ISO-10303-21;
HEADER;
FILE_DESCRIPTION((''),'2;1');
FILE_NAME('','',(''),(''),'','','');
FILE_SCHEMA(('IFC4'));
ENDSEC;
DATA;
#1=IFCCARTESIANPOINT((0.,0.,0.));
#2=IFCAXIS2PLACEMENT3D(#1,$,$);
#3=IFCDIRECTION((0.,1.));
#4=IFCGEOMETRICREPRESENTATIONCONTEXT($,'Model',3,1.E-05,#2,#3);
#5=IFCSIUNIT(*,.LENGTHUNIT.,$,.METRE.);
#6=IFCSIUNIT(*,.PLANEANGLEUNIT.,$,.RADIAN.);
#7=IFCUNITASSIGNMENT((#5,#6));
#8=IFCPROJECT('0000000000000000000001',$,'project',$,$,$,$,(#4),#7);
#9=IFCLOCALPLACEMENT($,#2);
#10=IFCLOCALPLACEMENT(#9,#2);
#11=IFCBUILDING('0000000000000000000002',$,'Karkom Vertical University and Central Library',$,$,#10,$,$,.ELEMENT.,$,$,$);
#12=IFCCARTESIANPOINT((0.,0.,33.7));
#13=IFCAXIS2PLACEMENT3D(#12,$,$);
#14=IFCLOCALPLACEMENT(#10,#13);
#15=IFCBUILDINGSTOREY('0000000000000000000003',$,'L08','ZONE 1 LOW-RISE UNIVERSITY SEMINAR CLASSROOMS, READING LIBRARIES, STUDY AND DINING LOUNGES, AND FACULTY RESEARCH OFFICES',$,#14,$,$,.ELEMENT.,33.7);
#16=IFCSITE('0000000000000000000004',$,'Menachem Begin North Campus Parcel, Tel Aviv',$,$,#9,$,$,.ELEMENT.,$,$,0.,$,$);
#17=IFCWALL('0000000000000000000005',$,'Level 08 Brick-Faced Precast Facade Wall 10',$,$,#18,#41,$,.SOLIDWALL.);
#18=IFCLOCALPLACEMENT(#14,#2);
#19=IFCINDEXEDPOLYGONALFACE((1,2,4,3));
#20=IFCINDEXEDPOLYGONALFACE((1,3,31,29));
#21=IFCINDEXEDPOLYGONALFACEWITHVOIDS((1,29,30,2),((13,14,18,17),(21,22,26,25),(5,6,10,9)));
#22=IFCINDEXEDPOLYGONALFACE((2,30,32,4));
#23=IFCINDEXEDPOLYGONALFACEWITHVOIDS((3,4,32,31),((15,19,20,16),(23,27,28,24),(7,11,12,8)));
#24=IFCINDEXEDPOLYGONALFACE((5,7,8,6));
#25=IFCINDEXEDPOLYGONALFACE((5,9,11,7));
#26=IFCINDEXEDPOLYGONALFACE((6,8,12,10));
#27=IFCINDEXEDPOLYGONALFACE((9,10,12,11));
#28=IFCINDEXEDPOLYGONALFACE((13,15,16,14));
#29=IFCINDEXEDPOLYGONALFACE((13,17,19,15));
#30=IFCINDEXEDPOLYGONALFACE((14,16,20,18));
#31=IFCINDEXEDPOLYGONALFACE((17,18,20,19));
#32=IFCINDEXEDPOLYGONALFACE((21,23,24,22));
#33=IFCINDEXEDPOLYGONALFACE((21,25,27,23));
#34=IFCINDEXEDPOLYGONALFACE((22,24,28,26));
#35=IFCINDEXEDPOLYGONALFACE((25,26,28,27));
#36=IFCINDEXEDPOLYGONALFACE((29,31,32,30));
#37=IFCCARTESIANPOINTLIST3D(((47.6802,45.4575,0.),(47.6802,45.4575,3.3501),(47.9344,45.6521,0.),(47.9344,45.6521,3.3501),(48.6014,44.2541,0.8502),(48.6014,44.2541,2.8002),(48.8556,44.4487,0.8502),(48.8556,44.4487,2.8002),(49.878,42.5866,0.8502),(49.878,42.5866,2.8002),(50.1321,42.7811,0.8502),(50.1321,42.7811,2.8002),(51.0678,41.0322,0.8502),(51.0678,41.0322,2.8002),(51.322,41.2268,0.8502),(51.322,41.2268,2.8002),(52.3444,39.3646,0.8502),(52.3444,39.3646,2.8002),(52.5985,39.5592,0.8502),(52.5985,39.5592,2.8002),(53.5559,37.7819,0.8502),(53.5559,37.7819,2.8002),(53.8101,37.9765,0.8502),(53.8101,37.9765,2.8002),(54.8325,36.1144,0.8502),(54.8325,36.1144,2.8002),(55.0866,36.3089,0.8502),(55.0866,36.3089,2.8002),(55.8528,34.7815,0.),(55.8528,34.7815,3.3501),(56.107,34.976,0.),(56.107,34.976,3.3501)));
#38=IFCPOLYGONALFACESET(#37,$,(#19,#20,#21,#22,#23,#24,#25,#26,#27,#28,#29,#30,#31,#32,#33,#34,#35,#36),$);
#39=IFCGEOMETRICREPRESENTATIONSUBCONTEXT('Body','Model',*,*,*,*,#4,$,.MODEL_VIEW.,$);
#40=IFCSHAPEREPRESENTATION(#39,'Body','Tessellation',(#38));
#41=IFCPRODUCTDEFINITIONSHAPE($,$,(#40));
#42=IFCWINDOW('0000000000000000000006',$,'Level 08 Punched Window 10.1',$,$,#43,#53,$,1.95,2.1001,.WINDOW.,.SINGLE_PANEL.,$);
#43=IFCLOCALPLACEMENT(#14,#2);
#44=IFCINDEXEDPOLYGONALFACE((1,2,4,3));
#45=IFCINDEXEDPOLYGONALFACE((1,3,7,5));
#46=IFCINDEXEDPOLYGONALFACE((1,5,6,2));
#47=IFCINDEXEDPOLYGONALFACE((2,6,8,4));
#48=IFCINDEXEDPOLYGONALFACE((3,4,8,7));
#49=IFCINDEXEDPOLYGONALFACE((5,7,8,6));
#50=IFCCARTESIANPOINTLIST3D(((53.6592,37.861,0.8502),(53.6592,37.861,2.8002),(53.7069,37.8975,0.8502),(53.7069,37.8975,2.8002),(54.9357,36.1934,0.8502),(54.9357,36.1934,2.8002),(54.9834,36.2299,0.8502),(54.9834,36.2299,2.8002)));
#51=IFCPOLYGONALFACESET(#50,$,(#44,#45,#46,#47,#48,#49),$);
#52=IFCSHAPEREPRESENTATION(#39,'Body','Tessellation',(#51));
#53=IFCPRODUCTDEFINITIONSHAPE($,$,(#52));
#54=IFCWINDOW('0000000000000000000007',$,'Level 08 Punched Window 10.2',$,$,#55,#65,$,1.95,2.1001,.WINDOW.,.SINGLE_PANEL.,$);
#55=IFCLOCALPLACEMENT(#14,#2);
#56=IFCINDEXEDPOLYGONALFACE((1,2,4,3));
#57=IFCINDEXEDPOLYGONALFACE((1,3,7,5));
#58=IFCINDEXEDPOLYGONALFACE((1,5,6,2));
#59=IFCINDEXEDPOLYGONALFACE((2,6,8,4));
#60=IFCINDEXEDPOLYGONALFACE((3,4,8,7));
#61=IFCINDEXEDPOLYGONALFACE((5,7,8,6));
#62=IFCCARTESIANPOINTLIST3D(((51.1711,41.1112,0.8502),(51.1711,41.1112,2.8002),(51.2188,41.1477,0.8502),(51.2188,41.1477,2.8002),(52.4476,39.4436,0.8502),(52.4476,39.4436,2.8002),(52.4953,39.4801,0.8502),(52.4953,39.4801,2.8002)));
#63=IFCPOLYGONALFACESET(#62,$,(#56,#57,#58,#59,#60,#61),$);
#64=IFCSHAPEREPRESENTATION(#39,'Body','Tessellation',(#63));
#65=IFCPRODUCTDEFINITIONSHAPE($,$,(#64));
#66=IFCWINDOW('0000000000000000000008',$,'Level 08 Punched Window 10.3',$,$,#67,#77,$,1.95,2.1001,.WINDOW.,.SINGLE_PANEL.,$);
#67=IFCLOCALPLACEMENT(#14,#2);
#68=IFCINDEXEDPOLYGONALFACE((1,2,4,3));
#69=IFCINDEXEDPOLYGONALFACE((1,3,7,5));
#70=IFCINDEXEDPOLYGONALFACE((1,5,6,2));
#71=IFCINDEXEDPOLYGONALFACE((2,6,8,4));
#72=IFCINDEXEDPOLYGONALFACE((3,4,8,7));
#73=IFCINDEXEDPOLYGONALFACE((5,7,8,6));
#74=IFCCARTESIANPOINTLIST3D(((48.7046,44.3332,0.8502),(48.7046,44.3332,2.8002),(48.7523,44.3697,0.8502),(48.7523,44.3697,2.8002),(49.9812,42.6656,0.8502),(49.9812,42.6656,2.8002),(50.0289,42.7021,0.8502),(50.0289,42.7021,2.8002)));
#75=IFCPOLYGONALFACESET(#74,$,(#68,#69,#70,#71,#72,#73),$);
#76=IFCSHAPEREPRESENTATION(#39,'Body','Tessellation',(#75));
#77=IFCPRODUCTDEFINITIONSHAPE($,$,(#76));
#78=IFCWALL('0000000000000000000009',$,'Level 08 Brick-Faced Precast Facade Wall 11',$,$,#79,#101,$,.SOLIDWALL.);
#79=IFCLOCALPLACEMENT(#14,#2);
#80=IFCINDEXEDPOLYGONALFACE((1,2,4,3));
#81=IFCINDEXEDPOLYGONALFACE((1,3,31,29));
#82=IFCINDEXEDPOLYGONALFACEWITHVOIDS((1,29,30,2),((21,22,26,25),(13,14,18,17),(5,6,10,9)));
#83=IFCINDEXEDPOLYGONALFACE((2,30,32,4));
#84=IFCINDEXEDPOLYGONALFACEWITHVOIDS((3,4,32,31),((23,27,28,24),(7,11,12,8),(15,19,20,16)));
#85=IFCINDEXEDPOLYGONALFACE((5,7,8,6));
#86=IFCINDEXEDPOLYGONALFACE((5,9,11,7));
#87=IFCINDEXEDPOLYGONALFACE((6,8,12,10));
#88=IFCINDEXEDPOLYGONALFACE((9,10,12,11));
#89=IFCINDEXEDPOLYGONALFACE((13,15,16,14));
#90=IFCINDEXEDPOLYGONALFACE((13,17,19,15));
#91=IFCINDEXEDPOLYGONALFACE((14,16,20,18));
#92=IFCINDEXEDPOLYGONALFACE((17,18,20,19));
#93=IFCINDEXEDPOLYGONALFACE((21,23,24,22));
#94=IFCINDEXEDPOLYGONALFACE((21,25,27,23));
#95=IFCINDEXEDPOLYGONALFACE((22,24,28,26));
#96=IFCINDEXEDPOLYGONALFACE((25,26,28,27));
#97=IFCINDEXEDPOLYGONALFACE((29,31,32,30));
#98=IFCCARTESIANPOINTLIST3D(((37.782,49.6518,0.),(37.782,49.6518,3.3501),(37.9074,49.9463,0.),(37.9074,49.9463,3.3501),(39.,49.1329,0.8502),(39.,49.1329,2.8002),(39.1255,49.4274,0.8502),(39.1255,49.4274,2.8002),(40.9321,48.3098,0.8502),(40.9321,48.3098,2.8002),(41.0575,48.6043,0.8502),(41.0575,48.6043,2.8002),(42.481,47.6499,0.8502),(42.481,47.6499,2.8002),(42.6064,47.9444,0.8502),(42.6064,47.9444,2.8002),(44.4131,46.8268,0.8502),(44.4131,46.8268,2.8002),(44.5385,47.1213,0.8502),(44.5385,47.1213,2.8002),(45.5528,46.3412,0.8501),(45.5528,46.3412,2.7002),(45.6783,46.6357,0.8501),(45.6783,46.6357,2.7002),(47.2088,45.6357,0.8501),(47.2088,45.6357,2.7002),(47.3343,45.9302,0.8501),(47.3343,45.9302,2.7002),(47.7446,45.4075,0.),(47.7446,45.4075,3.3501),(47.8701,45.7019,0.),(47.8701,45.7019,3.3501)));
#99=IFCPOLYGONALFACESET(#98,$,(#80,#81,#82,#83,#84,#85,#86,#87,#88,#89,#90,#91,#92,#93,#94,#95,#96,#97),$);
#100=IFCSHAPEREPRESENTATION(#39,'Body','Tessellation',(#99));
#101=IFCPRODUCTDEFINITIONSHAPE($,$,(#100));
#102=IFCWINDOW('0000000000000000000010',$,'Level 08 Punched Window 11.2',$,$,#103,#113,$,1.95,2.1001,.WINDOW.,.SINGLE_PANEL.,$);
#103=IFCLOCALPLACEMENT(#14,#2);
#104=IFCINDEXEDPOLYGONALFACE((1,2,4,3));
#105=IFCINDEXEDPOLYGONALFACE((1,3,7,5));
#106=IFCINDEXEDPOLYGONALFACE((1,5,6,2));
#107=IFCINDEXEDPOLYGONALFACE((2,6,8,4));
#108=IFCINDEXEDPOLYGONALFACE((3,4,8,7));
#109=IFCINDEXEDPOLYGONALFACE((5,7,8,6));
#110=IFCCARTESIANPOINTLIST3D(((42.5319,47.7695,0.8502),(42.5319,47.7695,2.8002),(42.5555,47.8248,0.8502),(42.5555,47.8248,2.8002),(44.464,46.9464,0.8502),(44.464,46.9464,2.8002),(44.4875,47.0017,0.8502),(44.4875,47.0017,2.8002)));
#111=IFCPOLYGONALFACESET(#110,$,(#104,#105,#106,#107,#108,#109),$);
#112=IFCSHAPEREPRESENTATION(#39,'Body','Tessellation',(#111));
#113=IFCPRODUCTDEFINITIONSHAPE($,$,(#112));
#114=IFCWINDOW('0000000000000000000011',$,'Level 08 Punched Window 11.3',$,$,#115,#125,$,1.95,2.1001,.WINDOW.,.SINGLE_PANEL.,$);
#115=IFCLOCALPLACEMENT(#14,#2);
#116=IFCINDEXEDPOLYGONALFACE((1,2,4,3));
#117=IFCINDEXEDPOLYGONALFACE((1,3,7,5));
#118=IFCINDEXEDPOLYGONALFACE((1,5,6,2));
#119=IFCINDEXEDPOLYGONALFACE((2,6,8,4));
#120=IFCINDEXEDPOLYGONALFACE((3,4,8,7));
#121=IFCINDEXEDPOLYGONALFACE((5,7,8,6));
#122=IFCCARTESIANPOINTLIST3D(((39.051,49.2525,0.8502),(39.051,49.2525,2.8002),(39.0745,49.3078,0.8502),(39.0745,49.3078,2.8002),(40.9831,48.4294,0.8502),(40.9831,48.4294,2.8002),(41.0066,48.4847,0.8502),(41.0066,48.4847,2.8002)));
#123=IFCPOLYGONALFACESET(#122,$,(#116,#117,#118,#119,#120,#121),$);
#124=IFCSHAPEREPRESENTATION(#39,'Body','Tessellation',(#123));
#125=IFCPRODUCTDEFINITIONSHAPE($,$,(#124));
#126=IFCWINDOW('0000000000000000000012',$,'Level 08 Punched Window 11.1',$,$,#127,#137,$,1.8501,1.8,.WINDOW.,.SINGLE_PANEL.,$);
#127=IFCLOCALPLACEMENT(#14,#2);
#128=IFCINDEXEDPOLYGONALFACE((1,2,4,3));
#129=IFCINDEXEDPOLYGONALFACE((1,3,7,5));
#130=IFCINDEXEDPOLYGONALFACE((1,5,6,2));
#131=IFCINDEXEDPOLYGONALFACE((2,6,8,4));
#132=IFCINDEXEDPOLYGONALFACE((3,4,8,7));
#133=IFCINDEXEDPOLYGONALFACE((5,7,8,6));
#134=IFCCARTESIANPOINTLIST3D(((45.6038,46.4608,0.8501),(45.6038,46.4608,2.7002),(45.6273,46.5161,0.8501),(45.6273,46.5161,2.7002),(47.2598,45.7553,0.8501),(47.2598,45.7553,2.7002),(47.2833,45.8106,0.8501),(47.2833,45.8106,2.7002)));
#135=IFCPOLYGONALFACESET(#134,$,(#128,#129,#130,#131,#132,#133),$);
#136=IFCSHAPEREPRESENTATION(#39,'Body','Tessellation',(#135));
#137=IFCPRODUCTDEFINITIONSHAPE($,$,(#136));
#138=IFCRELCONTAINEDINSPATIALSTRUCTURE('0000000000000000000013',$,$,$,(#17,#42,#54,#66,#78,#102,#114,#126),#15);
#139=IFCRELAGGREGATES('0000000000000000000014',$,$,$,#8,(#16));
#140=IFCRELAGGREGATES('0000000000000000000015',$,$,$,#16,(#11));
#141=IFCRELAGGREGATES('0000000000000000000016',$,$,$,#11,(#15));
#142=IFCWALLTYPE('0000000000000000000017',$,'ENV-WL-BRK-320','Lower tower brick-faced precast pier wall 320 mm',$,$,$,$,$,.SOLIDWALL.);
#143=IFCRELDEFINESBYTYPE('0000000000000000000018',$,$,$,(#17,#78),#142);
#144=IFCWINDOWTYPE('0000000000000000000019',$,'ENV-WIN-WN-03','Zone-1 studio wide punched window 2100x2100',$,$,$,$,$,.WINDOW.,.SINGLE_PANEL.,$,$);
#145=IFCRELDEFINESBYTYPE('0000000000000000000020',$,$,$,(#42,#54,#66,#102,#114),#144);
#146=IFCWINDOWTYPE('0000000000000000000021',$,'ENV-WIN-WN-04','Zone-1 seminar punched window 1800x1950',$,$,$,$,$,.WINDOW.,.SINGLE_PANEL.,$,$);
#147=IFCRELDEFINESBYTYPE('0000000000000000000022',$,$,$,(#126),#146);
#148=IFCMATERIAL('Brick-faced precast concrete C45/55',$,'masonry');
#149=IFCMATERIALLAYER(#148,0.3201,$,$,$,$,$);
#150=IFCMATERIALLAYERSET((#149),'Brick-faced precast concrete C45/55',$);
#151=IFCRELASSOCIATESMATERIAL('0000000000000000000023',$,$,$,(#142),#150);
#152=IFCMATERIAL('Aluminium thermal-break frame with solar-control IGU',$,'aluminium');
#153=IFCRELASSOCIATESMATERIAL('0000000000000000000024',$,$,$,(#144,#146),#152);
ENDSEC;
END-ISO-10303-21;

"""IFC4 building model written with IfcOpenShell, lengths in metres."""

from ifc_helpers import new_model, si_unit, direction, frame, frame_2d, origin, origin_with_axes, place, context, subcontext, project, spatial, rectangle, extrude, source, transform, mapped, material, layer, layer_set, type_object, element, fill, save


model = new_model("IFC4")

# Units and contexts
model_context = context("Model", 3, precision=1e-05, world=origin(), true_north=direction((0.0, 1.0)))
body_context = subcontext(model_context, "Body", "Model", "MODEL_VIEW")
ifc_project = project(units=[si_unit("LENGTHUNIT", "METRE"), si_unit("PLANEANGLEUNIT", "RADIAN")], contexts=[model_context])

# Site, building, storey
site_placement = place(None, origin())
site = spatial("IfcSite", under=ifc_project, at=site_placement, Name="Menachem Begin North Campus Parcel, Tel Aviv", CompositionType="ELEMENT", RefElevation=0.0)
building_placement = place(site_placement, origin())
building = spatial("IfcBuilding", under=site, at=building_placement, Name="Karkom Vertical University and Central Library", CompositionType="ELEMENT")
storey_placement = place(building_placement, frame((0.0, 0.0, 33.7)))
storey = spatial("IfcBuildingStorey", under=building, at=storey_placement, Name="L08", Description="ZONE 1 LOW-RISE UNIVERSITY SEMINAR CLASSROOMS, READING LIBRARIES, STUDY AND DINING LOUNGES, AND FACULTY RESEARCH OFFICES", CompositionType="ELEMENT", Elevation=33.7)

# Walls, openings, windows
ifc_material_1 = material(Name="Brick-faced precast concrete C45/55", Category="masonry")
ifc_layer = layer(ifc_material_1, 0.3201)
ifc_layer_set = layer_set([ifc_layer], Name="Brick-faced precast concrete C45/55")
wall_type = type_object("IfcWallType", Name="ENV-WL-BRK-320", Description="Lower tower brick-faced precast pier wall 320 mm", PredefinedType="SOLIDWALL", material=ifc_layer_set)
wall_1_placement = place(storey_placement, frame((55.98, 34.8787, 0.0), z_axis=(0.0, 0.0, 1.0), x_axis=(-0.607853, 0.79405, 0.0)))
wall_1 = element("IfcWall", 1, at=wall_1_placement, inside=storey, type_object=wall_type, Name="Level 08 Brick-Faced Precast Facade Wall 10", PredefinedType="SOLIDWALL", context=body_context, shape_type="SweptSolid", body=[
    extrude(rectangle(XDim=13.4451, YDim=0.3201, at=frame_2d((6.7227, 0.0))), origin(), (0.0, 0.0, 1.0), 3.3501),
])
opening_1_placement = place(wall_1_placement, frame((1.6787, 0.0, 0.8501)))
opening_1 = element("IfcOpeningElement", 2, at=opening_1_placement, cuts=wall_1, PredefinedType="OPENING", context=body_context, shape_type="SweptSolid", body=[
    extrude(rectangle(XDim=2.1001, YDim=1.95, at=frame_2d((1.05, 0.9751))), frame((0.0, 0.1699, 0.0), z_axis=(0.0, -1.0, 0.0), x_axis=(1.0, 0.0, 0.0)), (0.0, 0.0, 1.0), 0.3401),
])
opening_2_placement = place(wall_1_placement, frame((5.772, 0.0, 0.8501)))
opening_2 = element("IfcOpeningElement", 3, at=opening_2_placement, cuts=wall_1, PredefinedType="OPENING", context=body_context, shape_type="SweptSolid", body=[
    extrude(rectangle(XDim=2.1001, YDim=1.95, at=frame_2d((1.05, 0.9751))), frame((0.0, 0.1699, 0.0), z_axis=(0.0, -1.0, 0.0), x_axis=(1.0, 0.0, 0.0)), (0.0, 0.0, 1.0), 0.3401),
])
opening_3_placement = place(wall_1_placement, frame((9.8296, 0.0, 0.8501)))
opening_3 = element("IfcOpeningElement", 4, at=opening_3_placement, cuts=wall_1, PredefinedType="OPENING", context=body_context, shape_type="SweptSolid", body=[
    extrude(rectangle(XDim=2.1001, YDim=1.95, at=frame_2d((1.05, 0.9751))), frame((0.0, 0.1699, 0.0), z_axis=(0.0, -1.0, 0.0), x_axis=(1.0, 0.0, 0.0)), (0.0, 0.0, 1.0), 0.3401),
])
ifc_material_2 = material(Name="Aluminium thermal-break frame with solar-control IGU", Category="aluminium")
window_type_1 = type_object("IfcWindowType", Name="ENV-WIN-WN-03", Description="Zone-1 studio wide punched window 2100x2100", PartitioningType="SINGLE_PANEL", PredefinedType="WINDOW", material=ifc_material_2)
shared_shape_1 = source(origin_with_axes(), body_context, "Body", "SweptSolid", [
    extrude(rectangle(XDim=2.1001, YDim=1.95, at=frame_2d((1.05, 0.9751))), frame((0.0, 0.03, 0.0), z_axis=(0.0, -1.0, 0.0), x_axis=(1.0, 0.0, 0.0)), (0.0, 0.0, 1.0), 0.0601),
])
window_1_placement = place(opening_1_placement, origin())
window_1 = element("IfcWindow", 5, at=window_1_placement, inside=storey, type_object=window_type_1, Name="Level 08 Punched Window 10.1", OverallHeight=1.95, OverallWidth=2.1001, PartitioningType="SINGLE_PANEL", PredefinedType="WINDOW", context=body_context, shape_type="MappedRepresentation", body=[
    mapped(shared_shape_1, transform((0.0, 0.0, 0.0), scale=1.0)),
])
fill(opening_1, window_1)
window_2_placement = place(opening_2_placement, origin())
window_2 = element("IfcWindow", 6, at=window_2_placement, inside=storey, type_object=window_type_1, Name="Level 08 Punched Window 10.2", OverallHeight=1.95, OverallWidth=2.1001, PartitioningType="SINGLE_PANEL", PredefinedType="WINDOW", context=body_context, shape_type="MappedRepresentation", body=[
    mapped(shared_shape_1, transform((0.0, 0.0, 0.0), scale=1.0)),
])
fill(opening_2, window_2)
window_3_placement = place(opening_3_placement, origin())
window_3 = element("IfcWindow", 7, at=window_3_placement, inside=storey, type_object=window_type_1, Name="Level 08 Punched Window 10.3", OverallHeight=1.95, OverallWidth=2.1001, PartitioningType="SINGLE_PANEL", PredefinedType="WINDOW", context=body_context, shape_type="MappedRepresentation", body=[
    mapped(shared_shape_1, transform((0.0, 0.0, 0.0), scale=1.0)),
])
fill(opening_3, window_3)
wall_2_placement = place(storey_placement, frame((47.8074, 45.5547, 0.0), z_axis=(0.0, 0.0, 1.0), x_axis=(-0.91999, 0.391943, 0.0)))
wall_2 = element("IfcWall", 8, at=wall_2_placement, inside=storey, type_object=wall_type, Name="Level 08 Brick-Faced Precast Facade Wall 11", PredefinedType="SOLIDWALL", context=body_context, shape_type="SweptSolid", body=[
    extrude(rectangle(XDim=10.8291, YDim=0.3201, at=frame_2d((5.4146, 0.0))), origin(), (0.0, 0.0, 1.0), 3.3501),
])
opening_4_placement = place(wall_2_placement, frame((0.5825, 0.0, 0.8501)))
opening_4 = element("IfcOpeningElement", 9, at=opening_4_placement, cuts=wall_2, PredefinedType="OPENING", context=body_context, shape_type="SweptSolid", body=[
    extrude(rectangle(XDim=1.8, YDim=1.8501, at=frame_2d((0.8999, 0.925))), frame((0.0, 0.1699, 0.0), z_axis=(0.0, -1.0, 0.0), x_axis=(1.0, 0.0, 0.0)), (0.0, 0.0, 1.0), 0.3401),
])
opening_5_placement = place(wall_2_placement, frame((3.6213, 0.0, 0.8501)))
opening_5 = element("IfcOpeningElement", 10, at=opening_5_placement, cuts=wall_2, PredefinedType="OPENING", context=body_context, shape_type="SweptSolid", body=[
    extrude(rectangle(XDim=2.1001, YDim=1.95, at=frame_2d((1.05, 0.9751))), frame((0.0, 0.1699, 0.0), z_axis=(0.0, -1.0, 0.0), x_axis=(1.0, 0.0, 0.0)), (0.0, 0.0, 1.0), 0.3401),
])
opening_6_placement = place(wall_2_placement, frame((7.405, 0.0, 0.8501)))
opening_6 = element("IfcOpeningElement", 11, at=opening_6_placement, cuts=wall_2, PredefinedType="OPENING", context=body_context, shape_type="SweptSolid", body=[
    extrude(rectangle(XDim=2.1001, YDim=1.95, at=frame_2d((1.05, 0.9751))), frame((0.0, 0.1699, 0.0), z_axis=(0.0, -1.0, 0.0), x_axis=(1.0, 0.0, 0.0)), (0.0, 0.0, 1.0), 0.3401),
])
window_4_placement = place(opening_5_placement, origin())
window_4 = element("IfcWindow", 12, at=window_4_placement, inside=storey, type_object=window_type_1, Name="Level 08 Punched Window 11.2", OverallHeight=1.95, OverallWidth=2.1001, PartitioningType="SINGLE_PANEL", PredefinedType="WINDOW", context=body_context, shape_type="MappedRepresentation", body=[
    mapped(shared_shape_1, transform((0.0, 0.0, 0.0), scale=1.0)),
])
fill(opening_5, window_4)
window_5_placement = place(opening_6_placement, origin())
window_5 = element("IfcWindow", 13, at=window_5_placement, inside=storey, type_object=window_type_1, Name="Level 08 Punched Window 11.3", OverallHeight=1.95, OverallWidth=2.1001, PartitioningType="SINGLE_PANEL", PredefinedType="WINDOW", context=body_context, shape_type="MappedRepresentation", body=[
    mapped(shared_shape_1, transform((0.0, 0.0, 0.0), scale=1.0)),
])
fill(opening_6, window_5)
window_type_2 = type_object("IfcWindowType", Name="ENV-WIN-WN-04", Description="Zone-1 seminar punched window 1800x1950", PartitioningType="SINGLE_PANEL", PredefinedType="WINDOW", material=ifc_material_2)
shared_shape_2 = source(origin_with_axes(), body_context, "Body", "SweptSolid", [
    extrude(rectangle(XDim=1.8, YDim=1.8501, at=frame_2d((0.8999, 0.925))), frame((0.0, 0.03, 0.0), z_axis=(0.0, -1.0, 0.0), x_axis=(1.0, 0.0, 0.0)), (0.0, 0.0, 1.0), 0.0601),
])
window_6_placement = place(opening_4_placement, origin())
window_6 = element("IfcWindow", 14, at=window_6_placement, inside=storey, type_object=window_type_2, Name="Level 08 Punched Window 11.1", OverallHeight=1.8501, OverallWidth=1.8, PartitioningType="SINGLE_PANEL", PredefinedType="WINDOW", context=body_context, shape_type="MappedRepresentation", body=[
    mapped(shared_shape_2, transform((0.0, 0.0, 0.0), scale=1.0)),
])
fill(opening_4, window_6)

save(model, "model.ifc")
